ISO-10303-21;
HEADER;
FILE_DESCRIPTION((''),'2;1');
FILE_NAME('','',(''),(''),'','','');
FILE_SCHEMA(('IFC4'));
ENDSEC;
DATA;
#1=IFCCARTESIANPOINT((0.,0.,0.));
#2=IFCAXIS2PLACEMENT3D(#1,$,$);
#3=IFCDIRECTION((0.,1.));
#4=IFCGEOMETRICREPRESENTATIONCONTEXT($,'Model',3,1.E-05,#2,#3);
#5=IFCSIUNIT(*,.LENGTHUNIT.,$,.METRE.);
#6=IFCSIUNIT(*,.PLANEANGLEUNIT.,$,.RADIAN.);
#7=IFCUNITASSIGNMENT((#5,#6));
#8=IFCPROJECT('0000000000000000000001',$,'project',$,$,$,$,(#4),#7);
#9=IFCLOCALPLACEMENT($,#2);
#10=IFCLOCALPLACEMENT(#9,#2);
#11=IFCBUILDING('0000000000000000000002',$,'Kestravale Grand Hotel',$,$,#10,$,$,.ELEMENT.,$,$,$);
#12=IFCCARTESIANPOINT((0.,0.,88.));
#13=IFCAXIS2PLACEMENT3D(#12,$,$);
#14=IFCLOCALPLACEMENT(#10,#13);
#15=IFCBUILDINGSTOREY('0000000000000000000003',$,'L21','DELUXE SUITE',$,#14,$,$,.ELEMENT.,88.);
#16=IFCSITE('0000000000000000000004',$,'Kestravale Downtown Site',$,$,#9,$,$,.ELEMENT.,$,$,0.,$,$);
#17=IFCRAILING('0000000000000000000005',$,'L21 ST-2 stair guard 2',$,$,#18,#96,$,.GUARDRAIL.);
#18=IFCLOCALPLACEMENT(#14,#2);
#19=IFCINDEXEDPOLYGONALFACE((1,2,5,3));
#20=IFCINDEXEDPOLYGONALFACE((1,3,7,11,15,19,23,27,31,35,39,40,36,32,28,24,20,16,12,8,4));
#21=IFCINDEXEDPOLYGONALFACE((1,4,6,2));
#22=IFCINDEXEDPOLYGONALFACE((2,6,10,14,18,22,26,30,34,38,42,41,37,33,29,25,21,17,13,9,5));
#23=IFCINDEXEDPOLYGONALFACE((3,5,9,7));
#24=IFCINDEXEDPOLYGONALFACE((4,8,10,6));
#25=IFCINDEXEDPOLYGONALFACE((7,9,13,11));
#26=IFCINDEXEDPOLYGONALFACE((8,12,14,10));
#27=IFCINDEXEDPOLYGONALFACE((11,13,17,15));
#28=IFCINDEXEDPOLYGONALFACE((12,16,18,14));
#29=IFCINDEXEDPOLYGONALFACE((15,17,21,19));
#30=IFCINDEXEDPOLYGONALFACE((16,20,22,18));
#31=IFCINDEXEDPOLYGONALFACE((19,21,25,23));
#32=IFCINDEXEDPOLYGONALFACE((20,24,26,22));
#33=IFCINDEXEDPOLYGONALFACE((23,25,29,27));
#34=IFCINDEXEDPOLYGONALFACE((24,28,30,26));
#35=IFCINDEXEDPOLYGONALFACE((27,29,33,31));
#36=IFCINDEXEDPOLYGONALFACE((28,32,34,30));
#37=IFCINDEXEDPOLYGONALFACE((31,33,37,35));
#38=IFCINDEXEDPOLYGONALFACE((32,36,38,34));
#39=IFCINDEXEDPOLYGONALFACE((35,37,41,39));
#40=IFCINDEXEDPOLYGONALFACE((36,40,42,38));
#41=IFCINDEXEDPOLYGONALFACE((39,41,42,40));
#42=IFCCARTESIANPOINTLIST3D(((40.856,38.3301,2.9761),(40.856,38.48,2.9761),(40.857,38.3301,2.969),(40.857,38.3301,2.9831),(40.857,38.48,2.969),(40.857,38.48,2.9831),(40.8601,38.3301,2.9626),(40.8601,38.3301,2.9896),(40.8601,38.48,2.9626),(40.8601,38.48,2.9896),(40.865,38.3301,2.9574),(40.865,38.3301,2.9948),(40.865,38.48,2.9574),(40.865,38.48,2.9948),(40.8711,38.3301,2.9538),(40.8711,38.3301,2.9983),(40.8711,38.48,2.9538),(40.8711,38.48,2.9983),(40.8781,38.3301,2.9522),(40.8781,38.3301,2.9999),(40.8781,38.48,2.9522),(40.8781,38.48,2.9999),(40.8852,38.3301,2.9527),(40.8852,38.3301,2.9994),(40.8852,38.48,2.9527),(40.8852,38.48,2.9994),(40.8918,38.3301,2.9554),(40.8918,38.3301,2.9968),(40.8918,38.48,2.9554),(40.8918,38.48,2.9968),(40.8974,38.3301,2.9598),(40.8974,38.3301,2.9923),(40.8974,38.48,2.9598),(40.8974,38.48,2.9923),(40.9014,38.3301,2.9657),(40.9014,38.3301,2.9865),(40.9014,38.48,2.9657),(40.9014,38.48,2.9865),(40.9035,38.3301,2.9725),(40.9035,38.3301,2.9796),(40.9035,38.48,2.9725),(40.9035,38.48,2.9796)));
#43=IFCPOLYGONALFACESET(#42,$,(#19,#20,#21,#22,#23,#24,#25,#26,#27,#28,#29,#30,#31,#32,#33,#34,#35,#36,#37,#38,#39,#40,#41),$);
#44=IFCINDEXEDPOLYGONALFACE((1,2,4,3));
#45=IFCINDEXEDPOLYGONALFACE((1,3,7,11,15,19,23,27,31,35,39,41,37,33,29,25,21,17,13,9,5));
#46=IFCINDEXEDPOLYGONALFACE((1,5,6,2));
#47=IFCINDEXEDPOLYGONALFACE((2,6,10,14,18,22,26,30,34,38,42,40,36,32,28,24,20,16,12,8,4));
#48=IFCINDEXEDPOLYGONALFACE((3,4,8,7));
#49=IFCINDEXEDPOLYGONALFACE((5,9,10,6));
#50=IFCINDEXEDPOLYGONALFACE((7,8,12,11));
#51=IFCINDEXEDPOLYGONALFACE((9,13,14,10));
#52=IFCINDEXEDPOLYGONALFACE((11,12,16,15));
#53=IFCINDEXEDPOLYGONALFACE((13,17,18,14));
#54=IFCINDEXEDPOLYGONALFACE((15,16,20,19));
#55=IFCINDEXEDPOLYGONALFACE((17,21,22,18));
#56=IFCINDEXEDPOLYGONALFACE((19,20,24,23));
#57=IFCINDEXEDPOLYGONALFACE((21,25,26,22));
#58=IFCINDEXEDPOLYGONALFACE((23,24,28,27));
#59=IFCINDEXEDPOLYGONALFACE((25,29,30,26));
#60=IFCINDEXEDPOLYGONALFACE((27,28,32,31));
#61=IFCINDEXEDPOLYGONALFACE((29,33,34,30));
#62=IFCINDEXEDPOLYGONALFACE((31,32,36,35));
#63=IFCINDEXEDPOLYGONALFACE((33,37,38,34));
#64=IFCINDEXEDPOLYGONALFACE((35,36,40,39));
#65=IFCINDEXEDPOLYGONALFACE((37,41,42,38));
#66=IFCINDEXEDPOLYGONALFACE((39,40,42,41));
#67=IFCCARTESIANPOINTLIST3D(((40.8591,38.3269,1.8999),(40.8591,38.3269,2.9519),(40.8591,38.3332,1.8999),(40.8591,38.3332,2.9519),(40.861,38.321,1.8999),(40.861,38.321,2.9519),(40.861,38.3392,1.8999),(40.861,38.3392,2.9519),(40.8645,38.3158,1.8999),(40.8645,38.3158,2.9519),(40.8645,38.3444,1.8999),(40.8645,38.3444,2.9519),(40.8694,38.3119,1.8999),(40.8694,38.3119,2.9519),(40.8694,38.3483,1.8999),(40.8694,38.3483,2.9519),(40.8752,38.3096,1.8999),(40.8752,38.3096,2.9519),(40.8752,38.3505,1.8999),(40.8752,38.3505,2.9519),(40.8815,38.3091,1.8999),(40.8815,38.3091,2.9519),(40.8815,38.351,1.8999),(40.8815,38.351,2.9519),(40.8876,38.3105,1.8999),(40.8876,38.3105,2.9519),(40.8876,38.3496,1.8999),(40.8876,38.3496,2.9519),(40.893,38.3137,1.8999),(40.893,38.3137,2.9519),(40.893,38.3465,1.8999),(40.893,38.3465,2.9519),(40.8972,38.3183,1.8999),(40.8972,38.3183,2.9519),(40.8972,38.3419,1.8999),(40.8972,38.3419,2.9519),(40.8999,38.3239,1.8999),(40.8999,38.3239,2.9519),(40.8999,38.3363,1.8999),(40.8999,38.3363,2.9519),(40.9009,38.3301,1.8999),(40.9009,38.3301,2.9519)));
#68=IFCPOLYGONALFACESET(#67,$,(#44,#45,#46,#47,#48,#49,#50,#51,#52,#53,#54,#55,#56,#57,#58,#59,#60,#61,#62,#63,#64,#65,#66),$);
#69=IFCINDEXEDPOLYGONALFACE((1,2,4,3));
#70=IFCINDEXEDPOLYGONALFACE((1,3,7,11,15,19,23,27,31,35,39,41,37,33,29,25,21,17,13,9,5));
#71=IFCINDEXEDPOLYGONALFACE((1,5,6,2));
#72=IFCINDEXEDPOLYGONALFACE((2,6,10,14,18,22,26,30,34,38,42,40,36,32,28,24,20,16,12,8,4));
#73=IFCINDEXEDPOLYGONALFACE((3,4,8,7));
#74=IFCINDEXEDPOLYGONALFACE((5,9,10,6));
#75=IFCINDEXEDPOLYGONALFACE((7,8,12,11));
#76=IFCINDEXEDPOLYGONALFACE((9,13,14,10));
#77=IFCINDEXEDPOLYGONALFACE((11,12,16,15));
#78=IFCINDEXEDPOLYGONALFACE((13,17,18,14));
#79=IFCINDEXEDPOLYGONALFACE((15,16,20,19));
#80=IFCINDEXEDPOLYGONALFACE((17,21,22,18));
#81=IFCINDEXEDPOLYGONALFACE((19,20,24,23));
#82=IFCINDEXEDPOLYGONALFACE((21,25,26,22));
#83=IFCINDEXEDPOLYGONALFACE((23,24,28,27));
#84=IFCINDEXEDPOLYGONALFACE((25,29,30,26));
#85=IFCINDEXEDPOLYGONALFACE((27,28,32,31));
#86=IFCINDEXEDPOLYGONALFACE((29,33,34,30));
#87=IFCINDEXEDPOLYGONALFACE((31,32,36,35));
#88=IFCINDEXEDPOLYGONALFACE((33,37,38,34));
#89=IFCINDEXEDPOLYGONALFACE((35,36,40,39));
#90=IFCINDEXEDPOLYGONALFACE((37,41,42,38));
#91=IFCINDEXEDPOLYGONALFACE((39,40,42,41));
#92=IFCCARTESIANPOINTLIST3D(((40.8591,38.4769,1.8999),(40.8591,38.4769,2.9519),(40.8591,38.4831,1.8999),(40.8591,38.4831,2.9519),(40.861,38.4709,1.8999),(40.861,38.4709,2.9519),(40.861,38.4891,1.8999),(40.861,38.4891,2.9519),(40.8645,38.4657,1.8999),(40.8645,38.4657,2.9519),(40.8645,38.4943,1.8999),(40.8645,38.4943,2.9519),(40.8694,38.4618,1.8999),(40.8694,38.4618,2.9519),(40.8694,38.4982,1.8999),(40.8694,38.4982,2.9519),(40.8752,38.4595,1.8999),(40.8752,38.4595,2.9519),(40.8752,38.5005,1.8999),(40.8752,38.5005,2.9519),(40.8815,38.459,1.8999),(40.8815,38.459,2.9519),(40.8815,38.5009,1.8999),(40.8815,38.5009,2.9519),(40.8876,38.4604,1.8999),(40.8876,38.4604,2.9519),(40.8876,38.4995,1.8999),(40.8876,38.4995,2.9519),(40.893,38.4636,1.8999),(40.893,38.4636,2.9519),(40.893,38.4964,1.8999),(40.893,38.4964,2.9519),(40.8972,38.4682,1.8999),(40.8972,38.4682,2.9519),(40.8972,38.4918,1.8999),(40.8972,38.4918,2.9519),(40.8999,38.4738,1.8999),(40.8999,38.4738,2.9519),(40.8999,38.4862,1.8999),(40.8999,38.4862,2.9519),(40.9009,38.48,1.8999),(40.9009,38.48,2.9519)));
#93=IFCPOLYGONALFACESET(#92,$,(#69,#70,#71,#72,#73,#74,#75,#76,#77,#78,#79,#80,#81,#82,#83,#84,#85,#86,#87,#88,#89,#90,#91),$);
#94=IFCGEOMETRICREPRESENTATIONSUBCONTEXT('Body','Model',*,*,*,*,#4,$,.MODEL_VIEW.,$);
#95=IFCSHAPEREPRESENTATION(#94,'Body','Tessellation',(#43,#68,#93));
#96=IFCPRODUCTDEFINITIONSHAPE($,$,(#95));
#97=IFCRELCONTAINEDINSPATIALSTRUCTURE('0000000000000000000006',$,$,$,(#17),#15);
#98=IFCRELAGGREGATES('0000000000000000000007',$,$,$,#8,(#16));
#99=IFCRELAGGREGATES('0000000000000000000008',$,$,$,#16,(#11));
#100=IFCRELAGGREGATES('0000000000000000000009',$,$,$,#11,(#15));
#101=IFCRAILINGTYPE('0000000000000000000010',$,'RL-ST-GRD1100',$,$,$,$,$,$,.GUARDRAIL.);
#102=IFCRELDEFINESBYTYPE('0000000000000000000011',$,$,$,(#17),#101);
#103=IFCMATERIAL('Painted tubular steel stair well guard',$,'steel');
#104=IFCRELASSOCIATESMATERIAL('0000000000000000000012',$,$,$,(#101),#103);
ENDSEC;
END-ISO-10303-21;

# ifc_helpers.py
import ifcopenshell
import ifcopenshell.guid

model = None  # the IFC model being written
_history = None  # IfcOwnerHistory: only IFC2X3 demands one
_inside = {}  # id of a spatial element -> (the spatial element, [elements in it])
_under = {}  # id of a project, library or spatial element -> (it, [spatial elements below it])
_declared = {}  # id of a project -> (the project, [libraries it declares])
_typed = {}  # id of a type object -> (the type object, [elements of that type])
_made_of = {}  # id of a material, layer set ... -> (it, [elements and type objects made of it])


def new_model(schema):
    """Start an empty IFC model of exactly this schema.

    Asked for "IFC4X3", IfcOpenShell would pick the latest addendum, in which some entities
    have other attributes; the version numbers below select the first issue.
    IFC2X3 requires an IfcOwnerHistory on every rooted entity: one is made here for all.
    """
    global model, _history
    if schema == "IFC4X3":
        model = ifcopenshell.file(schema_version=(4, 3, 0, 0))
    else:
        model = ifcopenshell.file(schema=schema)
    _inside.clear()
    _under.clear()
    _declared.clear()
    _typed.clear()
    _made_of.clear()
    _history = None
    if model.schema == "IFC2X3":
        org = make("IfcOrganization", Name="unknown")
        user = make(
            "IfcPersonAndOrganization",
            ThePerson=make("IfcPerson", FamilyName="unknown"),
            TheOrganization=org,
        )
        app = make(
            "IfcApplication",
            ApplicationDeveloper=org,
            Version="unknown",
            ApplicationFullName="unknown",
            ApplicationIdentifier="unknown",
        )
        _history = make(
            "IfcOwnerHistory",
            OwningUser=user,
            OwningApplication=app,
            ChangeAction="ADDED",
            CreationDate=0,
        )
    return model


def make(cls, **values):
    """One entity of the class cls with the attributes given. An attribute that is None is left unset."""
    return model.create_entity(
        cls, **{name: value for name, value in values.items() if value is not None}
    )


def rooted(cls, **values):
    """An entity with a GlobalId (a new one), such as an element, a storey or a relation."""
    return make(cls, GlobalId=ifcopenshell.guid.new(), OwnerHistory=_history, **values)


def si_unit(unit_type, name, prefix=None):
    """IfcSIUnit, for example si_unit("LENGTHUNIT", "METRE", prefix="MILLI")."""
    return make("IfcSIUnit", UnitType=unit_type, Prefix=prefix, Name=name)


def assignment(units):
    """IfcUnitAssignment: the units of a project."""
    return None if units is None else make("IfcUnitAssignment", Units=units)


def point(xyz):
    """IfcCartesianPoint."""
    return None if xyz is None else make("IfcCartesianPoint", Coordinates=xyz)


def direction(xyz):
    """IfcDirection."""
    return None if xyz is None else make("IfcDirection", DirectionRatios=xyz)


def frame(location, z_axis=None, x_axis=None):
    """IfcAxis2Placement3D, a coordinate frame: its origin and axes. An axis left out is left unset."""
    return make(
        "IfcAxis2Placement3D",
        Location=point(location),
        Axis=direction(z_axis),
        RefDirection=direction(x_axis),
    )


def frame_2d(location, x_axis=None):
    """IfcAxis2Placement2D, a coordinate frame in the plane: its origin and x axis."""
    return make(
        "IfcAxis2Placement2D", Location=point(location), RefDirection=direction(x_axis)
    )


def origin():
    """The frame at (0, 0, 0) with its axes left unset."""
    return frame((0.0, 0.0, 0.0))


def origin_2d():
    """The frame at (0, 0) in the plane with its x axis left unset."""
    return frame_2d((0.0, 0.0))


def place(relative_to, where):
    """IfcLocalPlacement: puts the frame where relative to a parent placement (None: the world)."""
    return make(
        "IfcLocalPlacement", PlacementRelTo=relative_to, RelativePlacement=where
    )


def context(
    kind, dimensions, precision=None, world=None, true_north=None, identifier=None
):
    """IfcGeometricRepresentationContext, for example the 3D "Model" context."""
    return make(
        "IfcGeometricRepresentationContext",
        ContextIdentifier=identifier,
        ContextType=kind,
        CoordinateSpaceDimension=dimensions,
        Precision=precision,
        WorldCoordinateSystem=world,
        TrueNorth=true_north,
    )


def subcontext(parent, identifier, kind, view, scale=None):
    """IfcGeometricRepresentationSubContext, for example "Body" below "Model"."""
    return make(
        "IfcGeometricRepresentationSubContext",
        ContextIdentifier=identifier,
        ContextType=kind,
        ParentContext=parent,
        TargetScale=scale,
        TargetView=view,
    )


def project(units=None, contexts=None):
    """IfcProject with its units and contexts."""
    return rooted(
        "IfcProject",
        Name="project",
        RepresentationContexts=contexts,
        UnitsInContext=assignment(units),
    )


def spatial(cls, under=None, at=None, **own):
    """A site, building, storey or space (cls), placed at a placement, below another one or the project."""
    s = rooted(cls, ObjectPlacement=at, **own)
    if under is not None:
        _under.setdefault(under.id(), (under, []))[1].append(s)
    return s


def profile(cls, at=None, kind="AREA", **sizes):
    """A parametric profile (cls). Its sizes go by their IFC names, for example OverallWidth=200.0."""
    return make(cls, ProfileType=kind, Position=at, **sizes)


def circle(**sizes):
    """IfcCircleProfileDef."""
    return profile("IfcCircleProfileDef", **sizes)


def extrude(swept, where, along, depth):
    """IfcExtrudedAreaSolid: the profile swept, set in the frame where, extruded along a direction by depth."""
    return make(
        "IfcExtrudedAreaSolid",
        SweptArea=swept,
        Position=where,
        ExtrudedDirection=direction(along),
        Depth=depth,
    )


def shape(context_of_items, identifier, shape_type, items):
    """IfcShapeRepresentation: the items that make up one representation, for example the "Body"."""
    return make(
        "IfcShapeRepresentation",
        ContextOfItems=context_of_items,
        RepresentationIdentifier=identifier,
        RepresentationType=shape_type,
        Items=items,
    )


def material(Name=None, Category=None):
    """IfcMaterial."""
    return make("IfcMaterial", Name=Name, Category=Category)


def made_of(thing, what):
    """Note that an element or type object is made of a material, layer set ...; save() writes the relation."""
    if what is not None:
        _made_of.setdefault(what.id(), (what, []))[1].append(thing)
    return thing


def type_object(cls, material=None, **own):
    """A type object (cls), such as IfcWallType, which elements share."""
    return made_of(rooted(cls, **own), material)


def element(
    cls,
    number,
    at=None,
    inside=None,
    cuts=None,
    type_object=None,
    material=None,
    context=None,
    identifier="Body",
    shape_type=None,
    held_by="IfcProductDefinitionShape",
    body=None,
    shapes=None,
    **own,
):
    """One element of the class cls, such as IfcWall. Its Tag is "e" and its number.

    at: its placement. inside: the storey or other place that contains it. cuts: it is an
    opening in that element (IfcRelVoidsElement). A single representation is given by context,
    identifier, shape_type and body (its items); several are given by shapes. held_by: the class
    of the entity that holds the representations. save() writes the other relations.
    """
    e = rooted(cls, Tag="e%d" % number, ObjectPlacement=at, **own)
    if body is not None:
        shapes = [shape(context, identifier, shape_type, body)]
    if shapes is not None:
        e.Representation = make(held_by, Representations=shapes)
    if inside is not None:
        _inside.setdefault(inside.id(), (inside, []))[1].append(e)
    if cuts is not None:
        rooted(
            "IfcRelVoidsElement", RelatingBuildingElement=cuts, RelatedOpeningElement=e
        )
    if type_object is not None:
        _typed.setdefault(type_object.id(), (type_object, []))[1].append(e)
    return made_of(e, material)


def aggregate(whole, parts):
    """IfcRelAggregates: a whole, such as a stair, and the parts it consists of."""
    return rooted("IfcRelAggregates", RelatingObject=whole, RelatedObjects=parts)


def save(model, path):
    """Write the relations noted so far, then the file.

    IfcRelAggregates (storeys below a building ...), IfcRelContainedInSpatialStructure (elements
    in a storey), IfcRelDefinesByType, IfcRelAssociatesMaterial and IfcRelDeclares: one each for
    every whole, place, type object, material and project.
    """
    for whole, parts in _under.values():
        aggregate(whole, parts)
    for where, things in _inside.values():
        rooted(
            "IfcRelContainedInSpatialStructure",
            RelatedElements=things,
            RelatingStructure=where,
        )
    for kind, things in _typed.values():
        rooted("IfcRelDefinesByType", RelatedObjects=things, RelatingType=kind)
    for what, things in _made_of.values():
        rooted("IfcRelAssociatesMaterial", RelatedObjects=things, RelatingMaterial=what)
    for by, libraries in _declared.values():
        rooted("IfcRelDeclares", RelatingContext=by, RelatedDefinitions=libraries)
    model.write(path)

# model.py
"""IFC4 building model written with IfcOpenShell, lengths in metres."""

from ifc_helpers import new_model, si_unit, direction, frame, origin, origin_2d, place, context, subcontext, project, spatial, circle, extrude, material, type_object, element, save


model = new_model("IFC4")

# Units and contexts
model_context = context("Model", 3, precision=1e-05, world=origin(), true_north=direction((0.0, 1.0)))
body_context = subcontext(model_context, "Body", "Model", "MODEL_VIEW")
ifc_project = project(units=[si_unit("LENGTHUNIT", "METRE"), si_unit("PLANEANGLEUNIT", "RADIAN")], contexts=[model_context])

# Site, building, storey
site_placement = place(None, origin())
site = spatial("IfcSite", under=ifc_project, at=site_placement, Name="Kestravale Downtown Site", CompositionType="ELEMENT", RefElevation=0.0)
building_placement = place(site_placement, origin())
building = spatial("IfcBuilding", under=site, at=building_placement, Name="Kestravale Grand Hotel", CompositionType="ELEMENT")
storey_placement = place(building_placement, frame((0.0, 0.0, 88.0)))
storey = spatial("IfcBuildingStorey", under=building, at=storey_placement, Name="L21", Description="DELUXE SUITE", CompositionType="ELEMENT", Elevation=88.0)

# Railing
ifc_material_1 = material(Name="Painted tubular steel stair well guard", Category="steel")
railing_type_1 = type_object("IfcRailingType", Name="RL-ST-GRD1100", PredefinedType="GUARDRAIL", material=ifc_material_1)
railing_1_placement = place(storey_placement, frame((40.8799, 38.3301, 1.8999)))
element("IfcRailing", 1, at=railing_1_placement, inside=storey, type_object=railing_type_1, Name="L21 ST-2 stair guard 2", PredefinedType="GUARDRAIL", context=body_context, shape_type="SweptSolid", body=[
    extrude(circle(Radius=0.0239, at=origin_2d()), frame((0.0, 0.0, 1.0762), z_axis=(0.0, 1.0, 0.0), x_axis=(-1.0, 0.0, 0.0)), (0.0, 0.0, 1.0), 0.1499),
    extrude(circle(Radius=0.021, at=origin_2d()), origin(), (0.0, 0.0, 1.0), 1.052),
    extrude(circle(Radius=0.021, at=origin_2d()), frame((0.0, 0.1499, 0.0)), (0.0, 0.0, 1.0), 1.052),
])

save(model, "model.ifc")
